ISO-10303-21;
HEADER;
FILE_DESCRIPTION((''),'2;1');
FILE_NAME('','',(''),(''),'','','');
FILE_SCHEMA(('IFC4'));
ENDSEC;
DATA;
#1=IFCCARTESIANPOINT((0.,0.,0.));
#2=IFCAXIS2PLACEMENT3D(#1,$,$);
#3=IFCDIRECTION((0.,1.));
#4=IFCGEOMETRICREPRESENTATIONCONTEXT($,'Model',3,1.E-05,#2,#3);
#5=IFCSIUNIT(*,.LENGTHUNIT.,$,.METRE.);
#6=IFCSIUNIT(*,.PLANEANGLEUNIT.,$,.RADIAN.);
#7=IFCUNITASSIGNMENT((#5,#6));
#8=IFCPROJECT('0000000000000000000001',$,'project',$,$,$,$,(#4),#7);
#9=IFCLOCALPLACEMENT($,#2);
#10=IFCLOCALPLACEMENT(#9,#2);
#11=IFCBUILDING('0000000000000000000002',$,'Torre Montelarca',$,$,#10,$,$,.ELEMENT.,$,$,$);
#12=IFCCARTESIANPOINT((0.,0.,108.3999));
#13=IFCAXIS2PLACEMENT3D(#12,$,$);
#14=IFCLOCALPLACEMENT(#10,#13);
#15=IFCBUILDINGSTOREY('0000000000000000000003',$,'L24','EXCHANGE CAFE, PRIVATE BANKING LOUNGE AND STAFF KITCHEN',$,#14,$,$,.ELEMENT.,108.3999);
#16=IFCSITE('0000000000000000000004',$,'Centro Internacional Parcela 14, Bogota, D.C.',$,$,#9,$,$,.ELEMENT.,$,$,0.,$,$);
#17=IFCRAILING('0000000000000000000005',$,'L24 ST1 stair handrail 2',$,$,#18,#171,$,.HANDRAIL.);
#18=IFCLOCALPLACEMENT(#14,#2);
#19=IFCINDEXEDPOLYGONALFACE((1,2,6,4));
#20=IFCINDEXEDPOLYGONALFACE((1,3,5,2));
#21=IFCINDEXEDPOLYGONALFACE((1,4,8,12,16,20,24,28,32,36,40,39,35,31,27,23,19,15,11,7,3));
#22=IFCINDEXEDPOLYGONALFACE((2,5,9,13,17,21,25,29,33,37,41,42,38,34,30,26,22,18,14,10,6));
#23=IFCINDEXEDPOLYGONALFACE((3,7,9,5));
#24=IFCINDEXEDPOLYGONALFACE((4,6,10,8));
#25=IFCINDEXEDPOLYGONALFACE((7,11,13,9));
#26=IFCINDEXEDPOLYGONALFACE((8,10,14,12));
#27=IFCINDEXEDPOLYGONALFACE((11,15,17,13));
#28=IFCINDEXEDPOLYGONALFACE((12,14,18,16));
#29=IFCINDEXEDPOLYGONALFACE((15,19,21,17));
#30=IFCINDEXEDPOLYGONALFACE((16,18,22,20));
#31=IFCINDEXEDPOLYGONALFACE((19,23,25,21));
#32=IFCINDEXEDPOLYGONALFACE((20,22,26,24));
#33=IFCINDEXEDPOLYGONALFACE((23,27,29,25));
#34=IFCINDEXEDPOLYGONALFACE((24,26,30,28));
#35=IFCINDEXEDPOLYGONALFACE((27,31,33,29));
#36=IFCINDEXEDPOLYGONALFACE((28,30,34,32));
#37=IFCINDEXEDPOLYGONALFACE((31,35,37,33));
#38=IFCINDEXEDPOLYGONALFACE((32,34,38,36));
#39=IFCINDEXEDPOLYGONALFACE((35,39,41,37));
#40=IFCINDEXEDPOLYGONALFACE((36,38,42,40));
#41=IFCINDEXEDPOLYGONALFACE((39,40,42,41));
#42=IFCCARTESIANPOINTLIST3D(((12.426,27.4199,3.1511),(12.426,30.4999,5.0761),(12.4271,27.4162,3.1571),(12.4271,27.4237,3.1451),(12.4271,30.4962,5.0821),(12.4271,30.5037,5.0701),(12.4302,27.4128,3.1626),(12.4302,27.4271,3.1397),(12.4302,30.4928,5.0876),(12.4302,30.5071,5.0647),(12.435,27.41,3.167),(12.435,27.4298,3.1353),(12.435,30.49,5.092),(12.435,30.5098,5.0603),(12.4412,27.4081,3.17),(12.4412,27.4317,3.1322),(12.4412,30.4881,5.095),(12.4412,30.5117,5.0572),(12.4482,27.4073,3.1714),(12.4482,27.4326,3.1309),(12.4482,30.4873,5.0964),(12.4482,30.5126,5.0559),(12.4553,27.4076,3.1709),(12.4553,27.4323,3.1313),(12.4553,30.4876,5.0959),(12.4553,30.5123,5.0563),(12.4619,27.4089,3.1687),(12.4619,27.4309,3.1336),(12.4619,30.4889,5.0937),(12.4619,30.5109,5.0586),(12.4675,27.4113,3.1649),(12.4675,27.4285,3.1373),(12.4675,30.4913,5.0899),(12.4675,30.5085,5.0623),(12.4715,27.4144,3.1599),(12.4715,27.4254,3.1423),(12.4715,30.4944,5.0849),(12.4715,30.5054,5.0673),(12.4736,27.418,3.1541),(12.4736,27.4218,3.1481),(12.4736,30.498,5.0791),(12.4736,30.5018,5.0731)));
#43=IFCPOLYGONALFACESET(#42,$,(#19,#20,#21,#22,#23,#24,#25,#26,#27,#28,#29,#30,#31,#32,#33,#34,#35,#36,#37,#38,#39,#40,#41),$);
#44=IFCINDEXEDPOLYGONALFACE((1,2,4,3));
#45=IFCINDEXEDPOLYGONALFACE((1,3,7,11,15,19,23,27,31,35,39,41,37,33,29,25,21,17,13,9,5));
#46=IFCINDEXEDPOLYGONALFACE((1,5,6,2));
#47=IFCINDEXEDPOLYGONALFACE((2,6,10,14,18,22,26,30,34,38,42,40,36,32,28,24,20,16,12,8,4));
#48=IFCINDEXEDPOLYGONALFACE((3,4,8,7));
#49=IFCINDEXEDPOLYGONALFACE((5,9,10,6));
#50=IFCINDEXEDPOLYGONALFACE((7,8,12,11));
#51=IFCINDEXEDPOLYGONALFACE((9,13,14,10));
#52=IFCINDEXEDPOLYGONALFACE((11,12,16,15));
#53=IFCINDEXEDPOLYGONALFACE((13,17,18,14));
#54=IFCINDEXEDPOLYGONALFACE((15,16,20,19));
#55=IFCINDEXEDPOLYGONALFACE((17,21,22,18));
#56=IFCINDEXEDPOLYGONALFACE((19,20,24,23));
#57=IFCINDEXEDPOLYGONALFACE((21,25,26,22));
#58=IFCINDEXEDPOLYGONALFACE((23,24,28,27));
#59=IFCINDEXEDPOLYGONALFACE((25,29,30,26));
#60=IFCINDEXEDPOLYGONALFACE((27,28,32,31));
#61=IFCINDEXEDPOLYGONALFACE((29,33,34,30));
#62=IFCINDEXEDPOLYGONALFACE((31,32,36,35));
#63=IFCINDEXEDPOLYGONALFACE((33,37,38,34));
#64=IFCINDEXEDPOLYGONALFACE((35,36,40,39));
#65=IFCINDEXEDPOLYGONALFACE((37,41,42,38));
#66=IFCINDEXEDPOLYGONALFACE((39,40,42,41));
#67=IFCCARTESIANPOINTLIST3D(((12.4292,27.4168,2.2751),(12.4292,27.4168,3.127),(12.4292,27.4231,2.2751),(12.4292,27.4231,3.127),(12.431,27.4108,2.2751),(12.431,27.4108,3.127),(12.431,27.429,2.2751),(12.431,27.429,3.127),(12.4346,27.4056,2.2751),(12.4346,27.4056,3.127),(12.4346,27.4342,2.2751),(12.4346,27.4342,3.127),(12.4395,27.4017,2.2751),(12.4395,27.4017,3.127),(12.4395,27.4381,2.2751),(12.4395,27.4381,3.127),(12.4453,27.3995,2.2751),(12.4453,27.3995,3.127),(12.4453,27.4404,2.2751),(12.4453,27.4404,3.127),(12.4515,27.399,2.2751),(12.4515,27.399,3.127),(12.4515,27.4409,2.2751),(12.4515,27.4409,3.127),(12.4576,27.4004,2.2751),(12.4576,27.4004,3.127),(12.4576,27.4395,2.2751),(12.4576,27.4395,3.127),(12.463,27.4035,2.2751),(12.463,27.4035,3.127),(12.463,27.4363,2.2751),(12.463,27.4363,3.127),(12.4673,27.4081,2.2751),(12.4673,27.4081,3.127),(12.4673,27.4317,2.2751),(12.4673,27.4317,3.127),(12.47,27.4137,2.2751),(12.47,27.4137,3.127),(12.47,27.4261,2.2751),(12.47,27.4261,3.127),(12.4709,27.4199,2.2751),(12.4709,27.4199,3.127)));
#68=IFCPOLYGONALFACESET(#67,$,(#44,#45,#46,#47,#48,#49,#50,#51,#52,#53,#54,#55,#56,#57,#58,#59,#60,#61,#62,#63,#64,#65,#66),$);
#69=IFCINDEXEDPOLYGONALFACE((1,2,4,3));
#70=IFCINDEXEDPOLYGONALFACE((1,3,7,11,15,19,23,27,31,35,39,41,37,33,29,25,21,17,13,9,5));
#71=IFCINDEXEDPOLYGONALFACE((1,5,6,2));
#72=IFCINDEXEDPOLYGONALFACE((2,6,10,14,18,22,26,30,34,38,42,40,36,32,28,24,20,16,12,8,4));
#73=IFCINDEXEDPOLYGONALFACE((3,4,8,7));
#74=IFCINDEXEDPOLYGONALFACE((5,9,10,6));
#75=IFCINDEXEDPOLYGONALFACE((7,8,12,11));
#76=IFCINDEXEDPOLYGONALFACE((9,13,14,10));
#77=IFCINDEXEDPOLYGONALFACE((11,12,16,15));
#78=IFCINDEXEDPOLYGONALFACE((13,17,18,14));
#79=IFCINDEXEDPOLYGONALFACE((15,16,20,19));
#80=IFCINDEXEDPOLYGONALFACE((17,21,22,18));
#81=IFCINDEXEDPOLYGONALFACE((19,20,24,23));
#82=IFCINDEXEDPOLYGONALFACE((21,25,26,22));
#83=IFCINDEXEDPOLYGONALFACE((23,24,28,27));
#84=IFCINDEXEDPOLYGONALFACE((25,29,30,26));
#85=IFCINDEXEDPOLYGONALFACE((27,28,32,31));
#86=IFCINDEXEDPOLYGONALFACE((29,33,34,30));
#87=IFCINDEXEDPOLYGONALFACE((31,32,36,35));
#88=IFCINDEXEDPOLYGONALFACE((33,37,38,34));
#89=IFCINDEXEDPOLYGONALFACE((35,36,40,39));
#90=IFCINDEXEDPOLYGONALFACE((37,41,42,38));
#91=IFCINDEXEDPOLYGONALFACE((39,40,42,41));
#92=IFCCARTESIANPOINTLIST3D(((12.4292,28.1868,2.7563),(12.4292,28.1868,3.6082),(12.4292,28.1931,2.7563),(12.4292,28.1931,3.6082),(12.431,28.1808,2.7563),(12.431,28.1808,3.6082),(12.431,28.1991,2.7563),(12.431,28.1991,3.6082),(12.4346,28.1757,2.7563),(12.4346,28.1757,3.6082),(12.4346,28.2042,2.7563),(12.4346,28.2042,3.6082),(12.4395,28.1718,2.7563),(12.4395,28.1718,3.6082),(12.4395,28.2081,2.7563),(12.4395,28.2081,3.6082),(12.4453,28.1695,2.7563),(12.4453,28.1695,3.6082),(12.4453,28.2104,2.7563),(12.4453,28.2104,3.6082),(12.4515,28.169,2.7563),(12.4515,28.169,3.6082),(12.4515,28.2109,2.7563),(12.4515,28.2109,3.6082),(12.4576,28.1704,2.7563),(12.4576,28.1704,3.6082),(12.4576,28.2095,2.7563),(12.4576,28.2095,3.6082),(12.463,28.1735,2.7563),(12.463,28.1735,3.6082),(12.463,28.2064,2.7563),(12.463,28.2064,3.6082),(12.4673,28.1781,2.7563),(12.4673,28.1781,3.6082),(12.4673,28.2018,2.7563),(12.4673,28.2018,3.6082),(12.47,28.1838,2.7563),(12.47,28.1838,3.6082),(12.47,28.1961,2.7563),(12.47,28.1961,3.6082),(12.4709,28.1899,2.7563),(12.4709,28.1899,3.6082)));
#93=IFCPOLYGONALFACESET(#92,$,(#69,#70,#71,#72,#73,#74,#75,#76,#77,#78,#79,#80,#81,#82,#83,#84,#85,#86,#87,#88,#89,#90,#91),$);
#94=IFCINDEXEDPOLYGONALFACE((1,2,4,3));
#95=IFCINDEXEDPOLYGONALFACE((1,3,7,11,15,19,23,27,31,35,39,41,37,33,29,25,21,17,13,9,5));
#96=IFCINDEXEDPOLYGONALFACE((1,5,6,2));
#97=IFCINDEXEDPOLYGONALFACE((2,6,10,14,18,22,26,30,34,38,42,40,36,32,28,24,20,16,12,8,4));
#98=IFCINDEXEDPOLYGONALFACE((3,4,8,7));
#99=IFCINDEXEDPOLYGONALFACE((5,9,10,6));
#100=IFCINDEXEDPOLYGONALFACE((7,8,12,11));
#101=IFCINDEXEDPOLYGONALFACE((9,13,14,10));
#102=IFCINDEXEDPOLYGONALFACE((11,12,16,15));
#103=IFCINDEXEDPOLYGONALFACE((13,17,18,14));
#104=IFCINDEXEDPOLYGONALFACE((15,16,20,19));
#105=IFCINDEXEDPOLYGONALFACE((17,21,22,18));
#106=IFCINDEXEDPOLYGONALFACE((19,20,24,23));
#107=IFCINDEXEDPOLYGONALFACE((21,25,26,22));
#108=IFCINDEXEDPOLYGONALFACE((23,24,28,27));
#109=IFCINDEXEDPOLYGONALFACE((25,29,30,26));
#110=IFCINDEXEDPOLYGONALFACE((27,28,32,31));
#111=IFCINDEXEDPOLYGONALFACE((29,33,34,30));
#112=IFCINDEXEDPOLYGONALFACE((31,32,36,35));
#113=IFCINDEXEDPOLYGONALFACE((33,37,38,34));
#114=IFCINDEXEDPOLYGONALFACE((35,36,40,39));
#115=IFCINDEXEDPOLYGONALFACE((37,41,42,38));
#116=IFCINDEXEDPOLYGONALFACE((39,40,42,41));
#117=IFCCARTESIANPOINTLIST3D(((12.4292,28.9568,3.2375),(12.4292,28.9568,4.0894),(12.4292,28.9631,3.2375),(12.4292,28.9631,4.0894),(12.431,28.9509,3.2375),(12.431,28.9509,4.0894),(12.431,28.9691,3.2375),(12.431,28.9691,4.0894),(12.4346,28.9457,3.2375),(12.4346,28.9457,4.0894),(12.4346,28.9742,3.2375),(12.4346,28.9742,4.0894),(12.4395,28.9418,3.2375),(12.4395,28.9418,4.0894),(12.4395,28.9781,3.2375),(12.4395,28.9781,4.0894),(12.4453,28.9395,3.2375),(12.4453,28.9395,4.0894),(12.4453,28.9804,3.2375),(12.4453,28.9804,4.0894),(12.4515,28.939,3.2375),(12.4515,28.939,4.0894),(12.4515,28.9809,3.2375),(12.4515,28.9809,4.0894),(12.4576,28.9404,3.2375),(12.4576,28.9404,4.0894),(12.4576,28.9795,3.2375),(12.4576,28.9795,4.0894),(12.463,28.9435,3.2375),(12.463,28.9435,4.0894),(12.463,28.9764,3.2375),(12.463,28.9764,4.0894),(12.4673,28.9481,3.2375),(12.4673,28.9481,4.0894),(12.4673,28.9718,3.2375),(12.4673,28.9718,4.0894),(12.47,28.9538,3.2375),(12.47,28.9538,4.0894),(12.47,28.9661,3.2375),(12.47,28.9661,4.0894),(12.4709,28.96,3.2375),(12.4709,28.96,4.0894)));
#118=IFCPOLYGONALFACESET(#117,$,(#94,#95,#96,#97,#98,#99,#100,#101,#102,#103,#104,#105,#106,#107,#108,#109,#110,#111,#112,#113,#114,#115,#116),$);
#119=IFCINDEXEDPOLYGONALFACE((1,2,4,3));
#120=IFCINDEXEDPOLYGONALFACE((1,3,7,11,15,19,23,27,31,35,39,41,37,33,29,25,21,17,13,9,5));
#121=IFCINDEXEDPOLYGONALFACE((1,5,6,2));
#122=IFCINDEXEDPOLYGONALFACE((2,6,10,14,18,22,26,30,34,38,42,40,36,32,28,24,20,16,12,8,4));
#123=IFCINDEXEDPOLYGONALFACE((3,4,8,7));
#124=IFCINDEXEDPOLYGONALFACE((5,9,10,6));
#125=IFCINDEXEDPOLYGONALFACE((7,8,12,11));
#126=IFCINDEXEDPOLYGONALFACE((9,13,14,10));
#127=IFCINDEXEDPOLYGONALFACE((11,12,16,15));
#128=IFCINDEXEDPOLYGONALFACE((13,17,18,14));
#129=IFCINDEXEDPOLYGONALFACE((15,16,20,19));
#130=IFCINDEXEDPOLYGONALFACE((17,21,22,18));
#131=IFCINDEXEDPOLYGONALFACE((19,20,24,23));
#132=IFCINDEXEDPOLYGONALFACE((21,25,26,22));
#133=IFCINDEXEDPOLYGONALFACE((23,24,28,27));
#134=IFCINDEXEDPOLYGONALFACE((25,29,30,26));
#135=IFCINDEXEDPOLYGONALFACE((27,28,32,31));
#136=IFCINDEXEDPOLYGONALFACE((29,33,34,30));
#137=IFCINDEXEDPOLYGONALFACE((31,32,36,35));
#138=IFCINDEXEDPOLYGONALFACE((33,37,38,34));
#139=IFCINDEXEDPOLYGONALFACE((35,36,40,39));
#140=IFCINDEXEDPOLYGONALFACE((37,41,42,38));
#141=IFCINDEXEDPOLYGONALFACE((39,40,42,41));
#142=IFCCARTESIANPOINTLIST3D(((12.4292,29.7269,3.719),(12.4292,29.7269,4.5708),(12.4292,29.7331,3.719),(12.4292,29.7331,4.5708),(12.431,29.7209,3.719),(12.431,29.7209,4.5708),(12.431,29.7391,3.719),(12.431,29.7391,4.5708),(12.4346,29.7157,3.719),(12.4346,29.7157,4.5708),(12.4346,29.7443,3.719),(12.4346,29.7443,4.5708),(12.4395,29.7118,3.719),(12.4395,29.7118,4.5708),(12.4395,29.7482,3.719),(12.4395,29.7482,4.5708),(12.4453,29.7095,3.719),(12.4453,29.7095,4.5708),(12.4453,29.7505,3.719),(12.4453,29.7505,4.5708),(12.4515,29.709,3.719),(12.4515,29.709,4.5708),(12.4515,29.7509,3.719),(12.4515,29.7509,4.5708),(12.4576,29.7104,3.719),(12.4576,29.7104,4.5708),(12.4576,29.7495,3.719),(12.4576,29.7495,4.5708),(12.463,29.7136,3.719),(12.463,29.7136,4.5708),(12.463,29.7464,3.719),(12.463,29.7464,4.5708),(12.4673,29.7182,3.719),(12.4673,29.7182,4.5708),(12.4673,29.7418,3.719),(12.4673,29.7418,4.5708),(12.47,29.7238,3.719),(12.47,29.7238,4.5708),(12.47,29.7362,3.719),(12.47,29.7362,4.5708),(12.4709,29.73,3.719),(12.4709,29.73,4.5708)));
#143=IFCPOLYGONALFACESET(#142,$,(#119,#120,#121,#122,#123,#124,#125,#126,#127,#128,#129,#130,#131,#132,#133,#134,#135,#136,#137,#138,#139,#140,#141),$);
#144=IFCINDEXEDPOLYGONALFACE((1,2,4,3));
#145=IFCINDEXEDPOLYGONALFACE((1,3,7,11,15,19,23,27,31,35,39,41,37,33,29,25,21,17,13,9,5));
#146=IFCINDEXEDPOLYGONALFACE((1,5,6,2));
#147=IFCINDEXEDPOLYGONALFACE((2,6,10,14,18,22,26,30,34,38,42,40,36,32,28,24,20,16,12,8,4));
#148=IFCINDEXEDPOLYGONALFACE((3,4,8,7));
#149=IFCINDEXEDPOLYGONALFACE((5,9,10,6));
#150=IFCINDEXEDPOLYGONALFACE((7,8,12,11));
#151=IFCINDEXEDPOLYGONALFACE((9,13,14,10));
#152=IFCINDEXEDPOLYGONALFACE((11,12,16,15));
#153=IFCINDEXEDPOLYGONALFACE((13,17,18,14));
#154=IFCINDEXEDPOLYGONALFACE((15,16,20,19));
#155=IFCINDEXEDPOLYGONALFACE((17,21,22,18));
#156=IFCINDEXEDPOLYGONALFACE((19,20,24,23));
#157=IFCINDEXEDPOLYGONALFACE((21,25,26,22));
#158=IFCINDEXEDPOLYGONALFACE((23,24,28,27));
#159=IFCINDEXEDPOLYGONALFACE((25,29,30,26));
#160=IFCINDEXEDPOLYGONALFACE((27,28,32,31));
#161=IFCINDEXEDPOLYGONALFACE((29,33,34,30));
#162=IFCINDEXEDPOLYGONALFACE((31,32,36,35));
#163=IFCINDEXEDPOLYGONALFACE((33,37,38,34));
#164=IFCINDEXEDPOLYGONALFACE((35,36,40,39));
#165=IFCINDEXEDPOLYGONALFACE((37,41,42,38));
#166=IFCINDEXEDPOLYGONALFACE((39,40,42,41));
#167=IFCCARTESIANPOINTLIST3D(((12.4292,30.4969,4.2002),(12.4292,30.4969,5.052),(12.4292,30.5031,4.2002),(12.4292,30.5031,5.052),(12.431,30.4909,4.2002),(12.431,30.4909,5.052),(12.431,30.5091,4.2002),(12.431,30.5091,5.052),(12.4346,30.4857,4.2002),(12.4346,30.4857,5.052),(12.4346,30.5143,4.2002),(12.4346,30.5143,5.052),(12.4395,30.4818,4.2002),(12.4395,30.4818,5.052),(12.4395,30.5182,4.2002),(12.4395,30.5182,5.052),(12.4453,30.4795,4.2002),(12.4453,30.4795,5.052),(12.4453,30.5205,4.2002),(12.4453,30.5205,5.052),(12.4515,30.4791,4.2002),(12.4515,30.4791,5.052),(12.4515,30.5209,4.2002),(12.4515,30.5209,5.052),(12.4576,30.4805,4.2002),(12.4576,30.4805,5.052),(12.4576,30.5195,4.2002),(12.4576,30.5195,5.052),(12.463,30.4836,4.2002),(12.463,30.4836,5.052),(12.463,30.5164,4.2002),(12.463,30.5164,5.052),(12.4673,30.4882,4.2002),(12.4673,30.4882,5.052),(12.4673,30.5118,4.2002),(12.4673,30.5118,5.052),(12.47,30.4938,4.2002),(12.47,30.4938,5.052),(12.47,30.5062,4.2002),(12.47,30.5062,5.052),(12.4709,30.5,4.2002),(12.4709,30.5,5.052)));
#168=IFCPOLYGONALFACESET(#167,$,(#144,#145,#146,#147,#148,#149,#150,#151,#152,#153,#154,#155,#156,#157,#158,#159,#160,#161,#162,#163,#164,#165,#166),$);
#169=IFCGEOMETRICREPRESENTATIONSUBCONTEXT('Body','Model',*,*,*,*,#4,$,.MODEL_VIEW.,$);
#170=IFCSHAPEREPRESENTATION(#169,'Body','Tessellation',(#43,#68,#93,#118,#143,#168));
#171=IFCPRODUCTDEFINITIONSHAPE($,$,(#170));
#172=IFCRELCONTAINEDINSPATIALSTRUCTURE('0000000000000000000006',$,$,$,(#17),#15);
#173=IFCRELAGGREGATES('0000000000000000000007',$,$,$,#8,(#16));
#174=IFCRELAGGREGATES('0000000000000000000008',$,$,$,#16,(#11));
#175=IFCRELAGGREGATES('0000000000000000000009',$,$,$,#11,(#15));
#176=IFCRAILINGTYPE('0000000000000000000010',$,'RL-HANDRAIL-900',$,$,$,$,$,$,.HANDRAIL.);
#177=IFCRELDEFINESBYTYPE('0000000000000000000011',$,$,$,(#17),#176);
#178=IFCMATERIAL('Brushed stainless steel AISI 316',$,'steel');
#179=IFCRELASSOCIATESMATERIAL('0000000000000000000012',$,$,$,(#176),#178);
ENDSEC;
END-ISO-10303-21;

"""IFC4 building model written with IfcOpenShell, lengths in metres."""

from ifc_helpers import new_model, si_unit, direction, frame, origin, origin_2d, place, context, subcontext, project, spatial, circle, extrude, material, type_object, element, save


model = new_model("IFC4")

# Units and contexts
model_context = context("Model", 3, precision=1e-05, world=origin(), true_north=direction((0.0, 1.0)))
body_context = subcontext(model_context, "Body", "Model", "MODEL_VIEW")
ifc_project = project(units=[si_unit("LENGTHUNIT", "METRE"), si_unit("PLANEANGLEUNIT", "RADIAN")], contexts=[model_context])

# Site, building, storey
site_placement = place(None, origin())
site = spatial("IfcSite", under=ifc_project, at=site_placement, Name="Centro Internacional Parcela 14, Bogota, D.C.", CompositionType="ELEMENT", RefElevation=0.0)
building_placement = place(site_placement, origin())
building = spatial("IfcBuilding", under=site, at=building_placement, Name="Torre Montelarca", CompositionType="ELEMENT")
storey_placement = place(building_placement, frame((0.0, 0.0, 108.3999)))
storey = spatial("IfcBuildingStorey", under=building, at=storey_placement, Name="L24", Description="EXCHANGE CAFE, PRIVATE BANKING LOUNGE AND STAFF KITCHEN", CompositionType="ELEMENT", Elevation=108.3999)

# Shared definitions
ifc_material_1 = material(Name="Brushed stainless steel AISI 316", Category="steel")

# Railing
railing_type_1 = type_object("IfcRailingType", Name="RL-HANDRAIL-900", PredefinedType="HANDRAIL", material=ifc_material_1)
railing_1_placement = place(storey_placement, frame((12.45, 27.4199, 2.2751)))
element("IfcRailing", 1, at=railing_1_placement, inside=storey, type_object=railing_type_1, Name="L24 ST1 stair handrail 2", PredefinedType="HANDRAIL", context=body_context, shape_type="SweptSolid", body=[
    extrude(circle(Radius=0.0239, at=origin_2d()), frame((0.0, 0.0, 0.876), z_axis=(0.0, 0.847998, 0.529999), x_axis=(-1.0, 0.0, 0.0)), (0.0, 0.0, 1.0), 3.6321),
    extrude(circle(Radius=0.021, at=origin_2d()), origin(), (0.0, 0.0, 1.0), 0.8518),
    extrude(circle(Radius=0.021, at=origin_2d()), frame((0.0, 0.77, 0.4812)), (0.0, 0.0, 1.0), 0.8518),
    extrude(circle(Radius=0.021, at=origin_2d()), frame((0.0, 1.54, 0.9624)), (0.0, 0.0, 1.0), 0.8518),
    extrude(circle(Radius=0.021, at=origin_2d()), frame((0.0, 2.3101, 1.4438)), (0.0, 0.0, 1.0), 0.8518),
    extrude(circle(Radius=0.021, at=origin_2d()), frame((0.0, 3.0801, 1.925)), (0.0, 0.0, 1.0), 0.8518),
])

save(model, "model.ifc")
